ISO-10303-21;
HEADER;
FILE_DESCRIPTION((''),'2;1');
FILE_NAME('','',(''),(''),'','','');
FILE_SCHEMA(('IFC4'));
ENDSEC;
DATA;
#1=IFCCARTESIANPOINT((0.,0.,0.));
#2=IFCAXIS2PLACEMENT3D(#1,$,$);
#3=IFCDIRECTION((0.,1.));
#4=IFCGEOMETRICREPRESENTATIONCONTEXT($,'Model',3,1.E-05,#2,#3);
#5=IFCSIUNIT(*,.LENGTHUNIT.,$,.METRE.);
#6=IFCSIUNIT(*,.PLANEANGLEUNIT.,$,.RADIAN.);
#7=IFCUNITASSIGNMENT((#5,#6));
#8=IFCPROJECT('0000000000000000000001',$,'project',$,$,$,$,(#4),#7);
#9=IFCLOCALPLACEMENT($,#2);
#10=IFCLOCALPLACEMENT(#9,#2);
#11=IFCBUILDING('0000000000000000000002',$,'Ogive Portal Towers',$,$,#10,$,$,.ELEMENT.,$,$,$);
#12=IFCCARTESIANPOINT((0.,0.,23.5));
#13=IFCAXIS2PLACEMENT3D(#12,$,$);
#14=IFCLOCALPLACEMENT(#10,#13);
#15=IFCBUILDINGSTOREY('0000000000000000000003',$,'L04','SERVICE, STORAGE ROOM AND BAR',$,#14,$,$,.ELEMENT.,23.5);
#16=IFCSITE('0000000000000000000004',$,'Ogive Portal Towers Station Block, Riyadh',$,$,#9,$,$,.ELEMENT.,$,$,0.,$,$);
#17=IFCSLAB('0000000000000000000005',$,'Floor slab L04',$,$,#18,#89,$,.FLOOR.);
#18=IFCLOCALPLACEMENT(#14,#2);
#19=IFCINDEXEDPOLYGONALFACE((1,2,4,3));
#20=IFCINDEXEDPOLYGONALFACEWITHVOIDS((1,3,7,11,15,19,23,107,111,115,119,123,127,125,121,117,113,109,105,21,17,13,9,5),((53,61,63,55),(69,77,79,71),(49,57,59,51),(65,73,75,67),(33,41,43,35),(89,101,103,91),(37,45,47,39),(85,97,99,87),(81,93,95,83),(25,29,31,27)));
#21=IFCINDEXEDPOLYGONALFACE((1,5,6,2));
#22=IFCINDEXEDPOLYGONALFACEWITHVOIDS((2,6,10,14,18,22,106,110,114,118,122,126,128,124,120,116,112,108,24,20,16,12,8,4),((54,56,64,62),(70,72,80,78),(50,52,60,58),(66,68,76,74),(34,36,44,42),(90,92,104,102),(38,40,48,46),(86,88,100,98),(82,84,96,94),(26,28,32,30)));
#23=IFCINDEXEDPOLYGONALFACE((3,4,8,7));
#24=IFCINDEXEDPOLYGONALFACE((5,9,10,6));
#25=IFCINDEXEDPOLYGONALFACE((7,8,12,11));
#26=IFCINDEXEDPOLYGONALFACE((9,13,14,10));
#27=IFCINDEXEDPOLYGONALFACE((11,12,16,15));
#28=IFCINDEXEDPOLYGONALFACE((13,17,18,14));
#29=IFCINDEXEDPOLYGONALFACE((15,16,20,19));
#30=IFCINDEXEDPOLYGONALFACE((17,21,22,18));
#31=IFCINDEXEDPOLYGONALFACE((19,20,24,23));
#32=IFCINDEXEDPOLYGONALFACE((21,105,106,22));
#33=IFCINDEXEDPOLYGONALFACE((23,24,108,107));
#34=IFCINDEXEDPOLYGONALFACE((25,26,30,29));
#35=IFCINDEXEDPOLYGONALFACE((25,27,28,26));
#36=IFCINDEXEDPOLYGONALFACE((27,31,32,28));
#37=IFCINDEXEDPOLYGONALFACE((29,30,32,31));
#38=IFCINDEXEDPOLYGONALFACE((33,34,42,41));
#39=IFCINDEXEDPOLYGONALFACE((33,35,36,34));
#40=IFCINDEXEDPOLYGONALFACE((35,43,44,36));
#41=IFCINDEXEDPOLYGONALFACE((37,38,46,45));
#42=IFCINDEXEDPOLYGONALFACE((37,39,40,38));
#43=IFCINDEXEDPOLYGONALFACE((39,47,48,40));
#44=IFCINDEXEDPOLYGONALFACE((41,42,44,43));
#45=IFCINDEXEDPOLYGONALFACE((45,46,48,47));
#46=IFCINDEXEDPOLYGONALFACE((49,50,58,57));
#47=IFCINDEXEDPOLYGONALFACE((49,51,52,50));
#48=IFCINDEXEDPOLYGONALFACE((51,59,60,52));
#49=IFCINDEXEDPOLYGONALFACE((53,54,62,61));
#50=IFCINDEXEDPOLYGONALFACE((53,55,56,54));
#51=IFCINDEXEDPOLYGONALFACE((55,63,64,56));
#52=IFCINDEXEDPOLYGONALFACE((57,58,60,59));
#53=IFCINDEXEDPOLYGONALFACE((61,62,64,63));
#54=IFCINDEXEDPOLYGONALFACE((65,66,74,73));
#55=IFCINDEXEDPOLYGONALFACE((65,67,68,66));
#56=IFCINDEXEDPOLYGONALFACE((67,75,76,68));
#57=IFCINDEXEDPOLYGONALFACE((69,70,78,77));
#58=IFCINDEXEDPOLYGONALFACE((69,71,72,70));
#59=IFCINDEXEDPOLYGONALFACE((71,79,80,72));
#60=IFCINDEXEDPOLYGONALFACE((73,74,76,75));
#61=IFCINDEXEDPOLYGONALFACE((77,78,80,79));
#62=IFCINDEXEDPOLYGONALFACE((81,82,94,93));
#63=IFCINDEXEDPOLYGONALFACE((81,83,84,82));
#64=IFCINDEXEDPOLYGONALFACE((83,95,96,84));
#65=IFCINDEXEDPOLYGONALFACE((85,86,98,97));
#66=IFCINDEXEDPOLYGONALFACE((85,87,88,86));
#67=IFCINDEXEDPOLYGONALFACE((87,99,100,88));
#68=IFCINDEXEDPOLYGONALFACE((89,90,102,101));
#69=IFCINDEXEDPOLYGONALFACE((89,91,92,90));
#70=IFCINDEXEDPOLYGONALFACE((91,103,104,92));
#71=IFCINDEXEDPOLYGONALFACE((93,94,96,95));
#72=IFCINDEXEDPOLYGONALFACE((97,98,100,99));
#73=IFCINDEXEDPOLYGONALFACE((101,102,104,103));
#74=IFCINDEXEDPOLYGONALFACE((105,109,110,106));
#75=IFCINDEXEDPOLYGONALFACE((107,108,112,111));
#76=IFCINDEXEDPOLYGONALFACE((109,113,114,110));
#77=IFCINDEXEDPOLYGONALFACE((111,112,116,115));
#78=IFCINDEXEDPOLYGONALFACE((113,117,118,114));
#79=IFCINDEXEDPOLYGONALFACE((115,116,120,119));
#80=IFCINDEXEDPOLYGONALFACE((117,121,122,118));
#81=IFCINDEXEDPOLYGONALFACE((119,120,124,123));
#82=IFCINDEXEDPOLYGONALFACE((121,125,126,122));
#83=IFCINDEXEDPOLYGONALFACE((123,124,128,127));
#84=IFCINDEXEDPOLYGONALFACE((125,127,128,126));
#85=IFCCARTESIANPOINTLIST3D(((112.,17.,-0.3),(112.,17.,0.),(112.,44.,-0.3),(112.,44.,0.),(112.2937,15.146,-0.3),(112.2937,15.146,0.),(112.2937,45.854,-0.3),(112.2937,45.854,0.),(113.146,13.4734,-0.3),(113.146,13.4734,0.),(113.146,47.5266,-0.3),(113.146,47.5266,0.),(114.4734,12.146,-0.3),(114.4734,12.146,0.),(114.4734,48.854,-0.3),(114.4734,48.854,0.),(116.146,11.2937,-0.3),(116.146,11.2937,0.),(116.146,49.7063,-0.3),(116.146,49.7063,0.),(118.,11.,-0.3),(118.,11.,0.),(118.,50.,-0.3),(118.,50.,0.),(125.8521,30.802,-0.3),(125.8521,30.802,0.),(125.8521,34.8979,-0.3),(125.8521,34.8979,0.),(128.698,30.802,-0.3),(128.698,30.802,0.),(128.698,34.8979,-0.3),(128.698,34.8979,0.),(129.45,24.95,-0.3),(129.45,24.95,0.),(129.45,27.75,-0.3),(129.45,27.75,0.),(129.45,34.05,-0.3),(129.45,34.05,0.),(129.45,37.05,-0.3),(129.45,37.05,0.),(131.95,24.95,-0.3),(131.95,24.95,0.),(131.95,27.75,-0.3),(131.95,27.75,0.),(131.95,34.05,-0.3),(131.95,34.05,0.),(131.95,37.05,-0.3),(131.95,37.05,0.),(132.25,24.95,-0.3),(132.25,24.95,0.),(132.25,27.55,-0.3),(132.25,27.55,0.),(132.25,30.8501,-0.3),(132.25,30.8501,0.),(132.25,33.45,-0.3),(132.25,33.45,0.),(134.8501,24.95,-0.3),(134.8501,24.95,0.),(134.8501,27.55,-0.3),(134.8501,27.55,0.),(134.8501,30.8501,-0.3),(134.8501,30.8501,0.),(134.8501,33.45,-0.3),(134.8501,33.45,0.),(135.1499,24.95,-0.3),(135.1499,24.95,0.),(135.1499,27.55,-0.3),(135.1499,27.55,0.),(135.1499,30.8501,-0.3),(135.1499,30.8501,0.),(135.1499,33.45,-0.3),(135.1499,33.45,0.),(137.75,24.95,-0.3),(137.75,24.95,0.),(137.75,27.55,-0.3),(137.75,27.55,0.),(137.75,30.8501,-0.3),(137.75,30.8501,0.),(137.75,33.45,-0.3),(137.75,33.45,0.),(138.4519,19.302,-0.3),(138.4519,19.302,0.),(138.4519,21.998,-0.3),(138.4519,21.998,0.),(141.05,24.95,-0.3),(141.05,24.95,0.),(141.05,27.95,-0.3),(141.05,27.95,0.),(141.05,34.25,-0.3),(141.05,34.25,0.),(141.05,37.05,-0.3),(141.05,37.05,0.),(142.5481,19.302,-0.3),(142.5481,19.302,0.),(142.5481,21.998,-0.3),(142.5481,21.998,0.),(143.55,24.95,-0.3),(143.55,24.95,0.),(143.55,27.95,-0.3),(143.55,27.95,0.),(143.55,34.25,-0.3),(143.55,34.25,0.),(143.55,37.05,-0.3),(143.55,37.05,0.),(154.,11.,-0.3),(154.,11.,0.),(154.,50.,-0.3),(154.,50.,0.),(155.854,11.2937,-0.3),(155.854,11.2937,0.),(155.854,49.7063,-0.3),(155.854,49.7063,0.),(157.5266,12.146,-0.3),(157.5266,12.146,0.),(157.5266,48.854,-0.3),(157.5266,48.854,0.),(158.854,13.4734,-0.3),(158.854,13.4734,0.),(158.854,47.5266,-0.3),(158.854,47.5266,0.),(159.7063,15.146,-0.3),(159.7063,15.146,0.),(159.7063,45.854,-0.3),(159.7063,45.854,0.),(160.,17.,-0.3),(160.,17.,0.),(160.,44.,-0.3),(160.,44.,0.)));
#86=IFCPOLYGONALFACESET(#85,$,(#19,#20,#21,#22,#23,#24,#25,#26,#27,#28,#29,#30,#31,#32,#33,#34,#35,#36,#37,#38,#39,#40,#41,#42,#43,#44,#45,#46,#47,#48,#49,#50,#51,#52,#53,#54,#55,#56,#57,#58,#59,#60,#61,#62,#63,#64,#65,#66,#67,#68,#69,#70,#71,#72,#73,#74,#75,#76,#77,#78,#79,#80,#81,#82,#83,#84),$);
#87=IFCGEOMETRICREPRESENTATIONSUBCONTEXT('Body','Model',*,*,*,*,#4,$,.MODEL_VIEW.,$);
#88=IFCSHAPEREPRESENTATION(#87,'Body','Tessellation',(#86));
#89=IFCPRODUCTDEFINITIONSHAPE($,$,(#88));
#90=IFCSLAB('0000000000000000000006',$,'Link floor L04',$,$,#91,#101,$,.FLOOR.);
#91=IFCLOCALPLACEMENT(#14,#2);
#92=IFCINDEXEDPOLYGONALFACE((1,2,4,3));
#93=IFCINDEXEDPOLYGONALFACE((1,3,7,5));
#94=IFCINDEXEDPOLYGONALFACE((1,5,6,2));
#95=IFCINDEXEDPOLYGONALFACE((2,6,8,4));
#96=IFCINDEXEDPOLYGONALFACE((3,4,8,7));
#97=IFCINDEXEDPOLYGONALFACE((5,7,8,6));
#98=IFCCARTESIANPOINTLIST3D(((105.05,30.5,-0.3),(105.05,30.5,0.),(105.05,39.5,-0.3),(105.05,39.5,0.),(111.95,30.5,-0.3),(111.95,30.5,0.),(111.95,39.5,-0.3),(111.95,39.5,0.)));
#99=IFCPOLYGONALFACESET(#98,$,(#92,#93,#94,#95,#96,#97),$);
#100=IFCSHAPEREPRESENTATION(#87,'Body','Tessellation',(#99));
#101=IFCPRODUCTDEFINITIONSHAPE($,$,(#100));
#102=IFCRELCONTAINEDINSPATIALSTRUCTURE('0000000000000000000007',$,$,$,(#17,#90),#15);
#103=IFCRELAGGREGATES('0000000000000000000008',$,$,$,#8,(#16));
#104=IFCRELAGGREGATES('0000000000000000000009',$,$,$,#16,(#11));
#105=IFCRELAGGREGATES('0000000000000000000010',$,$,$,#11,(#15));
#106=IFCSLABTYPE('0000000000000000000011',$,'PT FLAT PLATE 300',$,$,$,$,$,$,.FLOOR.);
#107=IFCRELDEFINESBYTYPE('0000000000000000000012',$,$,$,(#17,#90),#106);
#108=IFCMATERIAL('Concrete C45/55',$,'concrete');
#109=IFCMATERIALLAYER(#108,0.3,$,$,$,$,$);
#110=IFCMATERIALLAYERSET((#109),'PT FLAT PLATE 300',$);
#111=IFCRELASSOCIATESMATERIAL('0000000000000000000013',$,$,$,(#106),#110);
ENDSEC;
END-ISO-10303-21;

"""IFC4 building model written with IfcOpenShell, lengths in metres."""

from ifc_helpers import new_model, si_unit, direction, frame, origin, place, context, subcontext, project, spatial, polyline, outline, extrude, material, layer, layer_set, type_object, element, save


model = new_model("IFC4")

# Units and contexts
model_context = context("Model", 3, precision=1e-05, world=origin(), true_north=direction((0.0, 1.0)))
body_context = subcontext(model_context, "Body", "Model", "MODEL_VIEW")
ifc_project = project(units=[si_unit("LENGTHUNIT", "METRE"), si_unit("PLANEANGLEUNIT", "RADIAN")], contexts=[model_context])

# Site, building, storey
site_placement = place(None, origin())
site = spatial("IfcSite", under=ifc_project, at=site_placement, Name="Ogive Portal Towers Station Block, Riyadh", CompositionType="ELEMENT", RefElevation=0.0)
building_placement = place(site_placement, origin())
building = spatial("IfcBuilding", under=site, at=building_placement, Name="Ogive Portal Towers", CompositionType="ELEMENT")
storey_placement = place(building_placement, frame((0.0, 0.0, 23.5)))
storey = spatial("IfcBuildingStorey", under=building, at=storey_placement, Name="L04", Description="SERVICE, STORAGE ROOM AND BAR", CompositionType="ELEMENT", Elevation=23.5)

# Slabs
ifc_material_1 = material(Name="Concrete C45/55", Category="concrete")
ifc_layer_1 = layer(ifc_material_1, 0.3)
ifc_layer_set_1 = layer_set([ifc_layer_1], Name="PT FLAT PLATE 300")
slab_type_1 = type_object("IfcSlabType", Name="PT FLAT PLATE 300", PredefinedType="FLOOR", material=ifc_layer_set_1)
slab_1_placement = place(storey_placement, frame((0.0, 0.0, -0.3)))
element("IfcSlab", 1, at=slab_1_placement, inside=storey, type_object=slab_type_1, Name="Floor slab L04", PredefinedType="FLOOR", context=body_context, shape_type="SweptSolid", body=[
    extrude(outline(polyline([(112.0, 44.0), (112.0, 17.0), (112.2937, 15.146), (113.146, 13.4734), (114.4734, 12.146), (116.146, 11.2937), (118.0, 11.0), (154.0, 11.0), (155.854, 11.2937), (157.5266, 12.146), (158.854, 13.4734), (159.7063, 15.146), (160.0, 17.0), (160.0, 44.0), (159.7063, 45.854), (158.854, 47.5266), (157.5266, 48.854), (155.854, 49.7063), (154.0, 50.0), (118.0, 50.0), (116.146, 49.7063), (114.4734, 48.854), (113.146, 47.5266), (112.2937, 45.854), (112.0, 44.0)]), holes=[polyline([(128.698, 34.8979), (128.698, 30.802), (125.8521, 30.802), (125.8521, 34.8979), (128.698, 34.8979)]), polyline([(131.95, 37.05), (131.95, 34.05), (129.45, 34.05), (129.45, 37.05), (131.95, 37.05)]), polyline([(138.4519, 21.998), (142.5481, 21.998), (142.5481, 19.302), (138.4519, 19.302), (138.4519, 21.998)]), polyline([(134.8501, 27.55), (134.8501, 24.95), (132.25, 24.95), (132.25, 27.55), (134.8501, 27.55)]), polyline([(137.75, 27.55), (137.75, 24.95), (135.1499, 24.95), (135.1499, 27.55), (137.75, 27.55)]), polyline([(131.95, 27.75), (131.95, 24.95), (129.45, 24.95), (129.45, 27.75), (131.95, 27.75)]), polyline([(143.55, 27.95), (143.55, 24.95), (141.05, 24.95), (141.05, 27.95), (143.55, 27.95)]), polyline([(134.8501, 33.45), (134.8501, 30.8501), (132.25, 30.8501), (132.25, 33.45), (134.8501, 33.45)]), polyline([(137.75, 33.45), (137.75, 30.8501), (135.1499, 30.8501), (135.1499, 33.45), (137.75, 33.45)]), polyline([(143.55, 37.05), (143.55, 34.25), (141.05, 34.25), (141.05, 37.05), (143.55, 37.05)])]), origin(), (0.0, 0.0, 1.0), 0.3),
])
slab_2_placement = place(storey_placement, frame((0.0, 0.0, -0.3)))
element("IfcSlab", 2, at=slab_2_placement, inside=storey, type_object=slab_type_1, Name="Link floor L04", PredefinedType="FLOOR", context=body_context, shape_type="SweptSolid", body=[
    extrude(outline(polyline([(111.95, 30.5), (111.95, 39.5), (105.05, 39.5), (105.05, 30.5), (111.95, 30.5)])), origin(), (0.0, 0.0, 1.0), 0.3),
])

save(model, "model.ifc")
